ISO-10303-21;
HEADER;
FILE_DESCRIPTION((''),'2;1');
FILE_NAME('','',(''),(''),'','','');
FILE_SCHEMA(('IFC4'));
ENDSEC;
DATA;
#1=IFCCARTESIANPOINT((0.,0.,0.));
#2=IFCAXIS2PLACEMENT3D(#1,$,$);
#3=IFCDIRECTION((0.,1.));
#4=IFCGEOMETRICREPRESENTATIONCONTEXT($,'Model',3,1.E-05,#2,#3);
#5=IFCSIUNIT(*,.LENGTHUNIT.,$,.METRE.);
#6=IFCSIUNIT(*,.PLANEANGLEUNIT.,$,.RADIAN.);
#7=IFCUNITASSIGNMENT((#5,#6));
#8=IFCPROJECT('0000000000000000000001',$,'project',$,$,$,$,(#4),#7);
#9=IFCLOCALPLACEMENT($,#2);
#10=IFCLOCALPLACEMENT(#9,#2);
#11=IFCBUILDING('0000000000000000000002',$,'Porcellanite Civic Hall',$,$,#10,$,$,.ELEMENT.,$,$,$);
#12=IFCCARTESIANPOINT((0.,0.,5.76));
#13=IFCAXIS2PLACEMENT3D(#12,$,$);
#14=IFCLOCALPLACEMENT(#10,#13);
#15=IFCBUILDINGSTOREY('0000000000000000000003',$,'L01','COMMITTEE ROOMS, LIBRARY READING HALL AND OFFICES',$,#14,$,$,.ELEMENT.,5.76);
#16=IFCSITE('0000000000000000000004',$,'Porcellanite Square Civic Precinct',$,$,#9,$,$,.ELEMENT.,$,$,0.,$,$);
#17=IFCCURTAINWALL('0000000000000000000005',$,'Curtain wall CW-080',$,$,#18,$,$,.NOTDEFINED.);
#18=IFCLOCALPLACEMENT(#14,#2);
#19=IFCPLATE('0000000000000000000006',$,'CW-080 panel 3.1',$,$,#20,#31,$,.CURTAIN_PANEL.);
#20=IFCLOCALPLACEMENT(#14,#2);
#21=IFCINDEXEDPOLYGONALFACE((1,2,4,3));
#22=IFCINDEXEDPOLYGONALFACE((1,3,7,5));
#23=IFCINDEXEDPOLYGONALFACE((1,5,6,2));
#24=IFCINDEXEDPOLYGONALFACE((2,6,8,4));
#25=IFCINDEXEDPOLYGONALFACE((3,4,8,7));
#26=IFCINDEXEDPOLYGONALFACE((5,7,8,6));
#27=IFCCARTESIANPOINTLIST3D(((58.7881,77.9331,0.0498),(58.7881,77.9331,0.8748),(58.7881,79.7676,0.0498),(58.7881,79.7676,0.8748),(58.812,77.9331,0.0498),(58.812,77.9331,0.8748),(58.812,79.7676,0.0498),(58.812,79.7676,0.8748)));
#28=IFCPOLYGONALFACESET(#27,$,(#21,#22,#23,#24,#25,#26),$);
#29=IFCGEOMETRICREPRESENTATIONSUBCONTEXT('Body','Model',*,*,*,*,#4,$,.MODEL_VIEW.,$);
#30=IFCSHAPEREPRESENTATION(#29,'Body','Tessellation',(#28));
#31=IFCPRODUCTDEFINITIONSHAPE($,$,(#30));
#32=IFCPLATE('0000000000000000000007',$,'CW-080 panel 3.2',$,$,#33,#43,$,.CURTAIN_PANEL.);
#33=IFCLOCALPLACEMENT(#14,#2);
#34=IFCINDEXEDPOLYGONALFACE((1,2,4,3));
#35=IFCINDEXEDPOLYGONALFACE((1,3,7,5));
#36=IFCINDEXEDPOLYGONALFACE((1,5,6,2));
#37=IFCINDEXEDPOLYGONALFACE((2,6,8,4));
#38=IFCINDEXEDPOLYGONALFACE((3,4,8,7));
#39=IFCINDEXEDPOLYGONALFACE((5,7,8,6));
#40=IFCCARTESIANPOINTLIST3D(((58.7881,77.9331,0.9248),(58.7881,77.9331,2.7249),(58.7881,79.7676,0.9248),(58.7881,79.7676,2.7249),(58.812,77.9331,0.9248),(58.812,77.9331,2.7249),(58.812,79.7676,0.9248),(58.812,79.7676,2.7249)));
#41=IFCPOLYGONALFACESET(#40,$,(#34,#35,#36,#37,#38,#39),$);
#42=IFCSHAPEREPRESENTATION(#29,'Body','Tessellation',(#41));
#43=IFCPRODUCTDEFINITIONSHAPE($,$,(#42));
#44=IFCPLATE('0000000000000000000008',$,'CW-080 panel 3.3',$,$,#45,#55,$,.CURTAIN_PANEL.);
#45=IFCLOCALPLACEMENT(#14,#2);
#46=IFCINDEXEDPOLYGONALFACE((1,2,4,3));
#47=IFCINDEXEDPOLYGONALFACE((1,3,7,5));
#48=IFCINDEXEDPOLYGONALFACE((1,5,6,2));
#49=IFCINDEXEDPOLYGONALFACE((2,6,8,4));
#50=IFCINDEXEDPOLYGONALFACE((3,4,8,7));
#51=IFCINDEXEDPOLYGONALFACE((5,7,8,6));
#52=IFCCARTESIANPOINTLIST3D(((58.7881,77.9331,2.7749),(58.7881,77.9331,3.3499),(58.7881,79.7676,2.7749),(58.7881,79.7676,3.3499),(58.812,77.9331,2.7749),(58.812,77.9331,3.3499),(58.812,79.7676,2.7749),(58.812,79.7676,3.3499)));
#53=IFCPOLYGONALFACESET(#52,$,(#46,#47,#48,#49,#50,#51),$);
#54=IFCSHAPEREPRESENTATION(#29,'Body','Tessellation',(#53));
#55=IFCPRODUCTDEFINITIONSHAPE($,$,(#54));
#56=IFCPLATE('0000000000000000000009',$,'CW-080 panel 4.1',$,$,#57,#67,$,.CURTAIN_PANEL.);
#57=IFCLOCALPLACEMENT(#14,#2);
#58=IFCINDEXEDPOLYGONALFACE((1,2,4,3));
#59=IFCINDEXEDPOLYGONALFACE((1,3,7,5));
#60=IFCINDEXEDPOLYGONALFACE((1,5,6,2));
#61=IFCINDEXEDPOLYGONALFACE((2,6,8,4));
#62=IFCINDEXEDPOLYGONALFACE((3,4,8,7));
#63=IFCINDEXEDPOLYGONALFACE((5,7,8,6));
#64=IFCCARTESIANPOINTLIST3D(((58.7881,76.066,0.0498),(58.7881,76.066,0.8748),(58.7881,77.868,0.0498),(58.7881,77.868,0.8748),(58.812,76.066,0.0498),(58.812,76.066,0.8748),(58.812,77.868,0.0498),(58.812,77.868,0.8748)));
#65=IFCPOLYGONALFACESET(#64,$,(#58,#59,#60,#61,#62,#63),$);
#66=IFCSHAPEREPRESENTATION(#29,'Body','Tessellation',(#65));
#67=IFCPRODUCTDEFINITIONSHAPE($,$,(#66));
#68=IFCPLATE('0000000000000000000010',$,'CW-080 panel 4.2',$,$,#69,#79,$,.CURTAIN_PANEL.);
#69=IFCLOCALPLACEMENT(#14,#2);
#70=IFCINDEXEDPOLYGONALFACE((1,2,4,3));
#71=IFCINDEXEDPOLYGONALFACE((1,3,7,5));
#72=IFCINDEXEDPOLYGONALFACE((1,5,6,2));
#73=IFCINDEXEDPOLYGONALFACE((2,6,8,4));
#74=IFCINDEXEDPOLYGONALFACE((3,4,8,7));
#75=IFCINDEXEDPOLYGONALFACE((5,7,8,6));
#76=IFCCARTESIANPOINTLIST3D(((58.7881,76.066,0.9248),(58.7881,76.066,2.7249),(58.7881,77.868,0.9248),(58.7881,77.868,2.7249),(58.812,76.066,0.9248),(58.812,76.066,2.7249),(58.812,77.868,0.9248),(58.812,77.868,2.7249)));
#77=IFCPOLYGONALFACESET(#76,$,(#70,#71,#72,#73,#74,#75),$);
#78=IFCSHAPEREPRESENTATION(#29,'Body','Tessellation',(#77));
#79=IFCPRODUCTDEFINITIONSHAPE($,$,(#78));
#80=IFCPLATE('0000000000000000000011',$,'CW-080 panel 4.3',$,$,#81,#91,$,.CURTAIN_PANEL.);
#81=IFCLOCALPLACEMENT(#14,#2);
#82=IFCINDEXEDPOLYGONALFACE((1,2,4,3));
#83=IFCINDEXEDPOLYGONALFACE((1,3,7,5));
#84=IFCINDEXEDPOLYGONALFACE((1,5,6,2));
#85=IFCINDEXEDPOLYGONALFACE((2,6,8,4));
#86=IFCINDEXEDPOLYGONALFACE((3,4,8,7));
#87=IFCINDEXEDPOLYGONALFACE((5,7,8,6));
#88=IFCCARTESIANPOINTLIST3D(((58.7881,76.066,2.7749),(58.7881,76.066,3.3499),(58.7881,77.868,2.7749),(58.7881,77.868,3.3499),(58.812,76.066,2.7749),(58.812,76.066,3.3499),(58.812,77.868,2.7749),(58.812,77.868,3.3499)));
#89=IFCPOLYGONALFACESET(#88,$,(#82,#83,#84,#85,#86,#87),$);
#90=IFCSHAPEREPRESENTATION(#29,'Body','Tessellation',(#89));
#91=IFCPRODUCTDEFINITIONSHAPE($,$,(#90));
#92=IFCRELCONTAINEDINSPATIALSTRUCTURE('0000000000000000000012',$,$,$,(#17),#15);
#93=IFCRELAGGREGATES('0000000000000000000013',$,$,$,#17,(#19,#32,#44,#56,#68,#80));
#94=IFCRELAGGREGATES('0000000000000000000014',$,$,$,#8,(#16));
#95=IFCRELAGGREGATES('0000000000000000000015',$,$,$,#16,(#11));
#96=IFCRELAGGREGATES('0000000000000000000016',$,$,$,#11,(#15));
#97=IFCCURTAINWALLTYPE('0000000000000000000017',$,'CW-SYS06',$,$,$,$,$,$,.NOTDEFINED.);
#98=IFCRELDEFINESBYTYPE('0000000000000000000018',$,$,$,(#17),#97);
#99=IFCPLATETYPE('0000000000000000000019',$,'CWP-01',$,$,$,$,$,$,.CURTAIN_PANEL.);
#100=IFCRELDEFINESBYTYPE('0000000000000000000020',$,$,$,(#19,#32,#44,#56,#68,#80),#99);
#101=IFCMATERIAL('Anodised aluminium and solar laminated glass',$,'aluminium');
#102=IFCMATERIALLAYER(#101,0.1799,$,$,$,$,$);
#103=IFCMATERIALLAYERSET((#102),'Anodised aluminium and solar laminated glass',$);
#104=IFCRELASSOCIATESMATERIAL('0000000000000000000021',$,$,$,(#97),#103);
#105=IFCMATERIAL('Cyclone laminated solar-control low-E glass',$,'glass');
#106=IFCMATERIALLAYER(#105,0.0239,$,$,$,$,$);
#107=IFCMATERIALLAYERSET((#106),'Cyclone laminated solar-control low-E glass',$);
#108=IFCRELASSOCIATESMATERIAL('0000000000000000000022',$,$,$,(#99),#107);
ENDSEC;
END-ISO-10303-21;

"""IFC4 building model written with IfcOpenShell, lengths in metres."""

from ifc_helpers import new_model, si_unit, direction, frame, origin, origin_2d, place, context, subcontext, project, spatial, rectangle, extrude, material, layer, layer_set, type_object, element, aggregate, save


model = new_model("IFC4")

# Units and contexts
model_context = context("Model", 3, precision=1e-05, world=origin(), true_north=direction((0.0, 1.0)))
body_context = subcontext(model_context, "Body", "Model", "MODEL_VIEW")
ifc_project = project(units=[si_unit("LENGTHUNIT", "METRE"), si_unit("PLANEANGLEUNIT", "RADIAN")], contexts=[model_context])

# Site, building, storey
site_placement = place(None, origin())
site = spatial("IfcSite", under=ifc_project, at=site_placement, Name="Porcellanite Square Civic Precinct", CompositionType="ELEMENT", RefElevation=0.0)
building_placement = place(site_placement, origin())
building = spatial("IfcBuilding", under=site, at=building_placement, Name="Porcellanite Civic Hall", CompositionType="ELEMENT")
storey_placement = place(building_placement, frame((0.0, 0.0, 5.76)))
storey = spatial("IfcBuildingStorey", under=building, at=storey_placement, Name="L01", Description="COMMITTEE ROOMS, LIBRARY READING HALL AND OFFICES", CompositionType="ELEMENT", Elevation=5.76)

# Curtain wall
ifc_material_1 = material(Name="Anodised aluminium and solar laminated glass", Category="aluminium")
ifc_layer_1 = layer(ifc_material_1, 0.1799)
ifc_layer_set_1 = layer_set([ifc_layer_1], Name="Anodised aluminium and solar laminated glass")
curtain_wall_type = type_object("IfcCurtainWallType", Name="CW-SYS06", PredefinedType="NOTDEFINED", material=ifc_layer_set_1)
curtain_wall_placement = place(storey_placement, origin())
curtain_wall = element("IfcCurtainWall", 1, at=curtain_wall_placement, inside=storey, type_object=curtain_wall_type, Name="Curtain wall CW-080", PredefinedType="NOTDEFINED")

# Plates
ifc_material_2 = material(Name="Cyclone laminated solar-control low-E glass", Category="glass")
ifc_layer_2 = layer(ifc_material_2, 0.0239)
ifc_layer_set_2 = layer_set([ifc_layer_2], Name="Cyclone laminated solar-control low-E glass")
plate_type = type_object("IfcPlateType", Name="CWP-01", PredefinedType="CURTAIN_PANEL", material=ifc_layer_set_2)
plate_1_placement = place(storey_placement, frame((58.8, 78.8503, 0.0498), z_axis=(0.0, 0.0, 1.0), x_axis=(0.0, -1.0, 0.0)))
plate_1 = element("IfcPlate", 2, at=plate_1_placement, type_object=plate_type, Name="CW-080 panel 3.1", PredefinedType="CURTAIN_PANEL", context=body_context, shape_type="SweptSolid", body=[
    extrude(rectangle(XDim=1.8345, YDim=0.0239, at=origin_2d()), origin(), (0.0, 0.0, 1.0), 0.825),
])
plate_2_placement = place(storey_placement, frame((58.8, 78.8503, 0.9248), z_axis=(0.0, 0.0, 1.0), x_axis=(0.0, -1.0, 0.0)))
plate_2 = element("IfcPlate", 3, at=plate_2_placement, type_object=plate_type, Name="CW-080 panel 3.2", PredefinedType="CURTAIN_PANEL", context=body_context, shape_type="SweptSolid", body=[
    extrude(rectangle(XDim=1.8345, YDim=0.0239, at=origin_2d()), origin(), (0.0, 0.0, 1.0), 1.8),
])
plate_3_placement = place(storey_placement, frame((58.8, 78.8503, 2.7749), z_axis=(0.0, 0.0, 1.0), x_axis=(0.0, -1.0, 0.0)))
plate_3 = element("IfcPlate", 4, at=plate_3_placement, type_object=plate_type, Name="CW-080 panel 3.3", PredefinedType="CURTAIN_PANEL", context=body_context, shape_type="SweptSolid", body=[
    extrude(rectangle(XDim=1.8345, YDim=0.0239, at=origin_2d()), origin(), (0.0, 0.0, 1.0), 0.575),
])
plate_4_placement = place(storey_placement, frame((58.8, 76.967, 0.0498), z_axis=(0.0, 0.0, 1.0), x_axis=(0.0, -1.0, 0.0)))
plate_4 = element("IfcPlate", 5, at=plate_4_placement, type_object=plate_type, Name="CW-080 panel 4.1", PredefinedType="CURTAIN_PANEL", context=body_context, shape_type="SweptSolid", body=[
    extrude(rectangle(XDim=1.802, YDim=0.0239, at=origin_2d()), origin(), (0.0, 0.0, 1.0), 0.825),
])
plate_5_placement = place(storey_placement, frame((58.8, 76.967, 0.9248), z_axis=(0.0, 0.0, 1.0), x_axis=(0.0, -1.0, 0.0)))
plate_5 = element("IfcPlate", 6, at=plate_5_placement, type_object=plate_type, Name="CW-080 panel 4.2", PredefinedType="CURTAIN_PANEL", context=body_context, shape_type="SweptSolid", body=[
    extrude(rectangle(XDim=1.802, YDim=0.0239, at=origin_2d()), origin(), (0.0, 0.0, 1.0), 1.8),
])
plate_6_placement = place(storey_placement, frame((58.8, 76.967, 2.7749), z_axis=(0.0, 0.0, 1.0), x_axis=(0.0, -1.0, 0.0)))
plate_6 = element("IfcPlate", 7, at=plate_6_placement, type_object=plate_type, Name="CW-080 panel 4.3", PredefinedType="CURTAIN_PANEL", context=body_context, shape_type="SweptSolid", body=[
    extrude(rectangle(XDim=1.802, YDim=0.0239, at=origin_2d()), origin(), (0.0, 0.0, 1.0), 0.575),
])
aggregate(curtain_wall, [plate_1, plate_2, plate_3, plate_4, plate_5, plate_6])

save(model, "model.ifc")
